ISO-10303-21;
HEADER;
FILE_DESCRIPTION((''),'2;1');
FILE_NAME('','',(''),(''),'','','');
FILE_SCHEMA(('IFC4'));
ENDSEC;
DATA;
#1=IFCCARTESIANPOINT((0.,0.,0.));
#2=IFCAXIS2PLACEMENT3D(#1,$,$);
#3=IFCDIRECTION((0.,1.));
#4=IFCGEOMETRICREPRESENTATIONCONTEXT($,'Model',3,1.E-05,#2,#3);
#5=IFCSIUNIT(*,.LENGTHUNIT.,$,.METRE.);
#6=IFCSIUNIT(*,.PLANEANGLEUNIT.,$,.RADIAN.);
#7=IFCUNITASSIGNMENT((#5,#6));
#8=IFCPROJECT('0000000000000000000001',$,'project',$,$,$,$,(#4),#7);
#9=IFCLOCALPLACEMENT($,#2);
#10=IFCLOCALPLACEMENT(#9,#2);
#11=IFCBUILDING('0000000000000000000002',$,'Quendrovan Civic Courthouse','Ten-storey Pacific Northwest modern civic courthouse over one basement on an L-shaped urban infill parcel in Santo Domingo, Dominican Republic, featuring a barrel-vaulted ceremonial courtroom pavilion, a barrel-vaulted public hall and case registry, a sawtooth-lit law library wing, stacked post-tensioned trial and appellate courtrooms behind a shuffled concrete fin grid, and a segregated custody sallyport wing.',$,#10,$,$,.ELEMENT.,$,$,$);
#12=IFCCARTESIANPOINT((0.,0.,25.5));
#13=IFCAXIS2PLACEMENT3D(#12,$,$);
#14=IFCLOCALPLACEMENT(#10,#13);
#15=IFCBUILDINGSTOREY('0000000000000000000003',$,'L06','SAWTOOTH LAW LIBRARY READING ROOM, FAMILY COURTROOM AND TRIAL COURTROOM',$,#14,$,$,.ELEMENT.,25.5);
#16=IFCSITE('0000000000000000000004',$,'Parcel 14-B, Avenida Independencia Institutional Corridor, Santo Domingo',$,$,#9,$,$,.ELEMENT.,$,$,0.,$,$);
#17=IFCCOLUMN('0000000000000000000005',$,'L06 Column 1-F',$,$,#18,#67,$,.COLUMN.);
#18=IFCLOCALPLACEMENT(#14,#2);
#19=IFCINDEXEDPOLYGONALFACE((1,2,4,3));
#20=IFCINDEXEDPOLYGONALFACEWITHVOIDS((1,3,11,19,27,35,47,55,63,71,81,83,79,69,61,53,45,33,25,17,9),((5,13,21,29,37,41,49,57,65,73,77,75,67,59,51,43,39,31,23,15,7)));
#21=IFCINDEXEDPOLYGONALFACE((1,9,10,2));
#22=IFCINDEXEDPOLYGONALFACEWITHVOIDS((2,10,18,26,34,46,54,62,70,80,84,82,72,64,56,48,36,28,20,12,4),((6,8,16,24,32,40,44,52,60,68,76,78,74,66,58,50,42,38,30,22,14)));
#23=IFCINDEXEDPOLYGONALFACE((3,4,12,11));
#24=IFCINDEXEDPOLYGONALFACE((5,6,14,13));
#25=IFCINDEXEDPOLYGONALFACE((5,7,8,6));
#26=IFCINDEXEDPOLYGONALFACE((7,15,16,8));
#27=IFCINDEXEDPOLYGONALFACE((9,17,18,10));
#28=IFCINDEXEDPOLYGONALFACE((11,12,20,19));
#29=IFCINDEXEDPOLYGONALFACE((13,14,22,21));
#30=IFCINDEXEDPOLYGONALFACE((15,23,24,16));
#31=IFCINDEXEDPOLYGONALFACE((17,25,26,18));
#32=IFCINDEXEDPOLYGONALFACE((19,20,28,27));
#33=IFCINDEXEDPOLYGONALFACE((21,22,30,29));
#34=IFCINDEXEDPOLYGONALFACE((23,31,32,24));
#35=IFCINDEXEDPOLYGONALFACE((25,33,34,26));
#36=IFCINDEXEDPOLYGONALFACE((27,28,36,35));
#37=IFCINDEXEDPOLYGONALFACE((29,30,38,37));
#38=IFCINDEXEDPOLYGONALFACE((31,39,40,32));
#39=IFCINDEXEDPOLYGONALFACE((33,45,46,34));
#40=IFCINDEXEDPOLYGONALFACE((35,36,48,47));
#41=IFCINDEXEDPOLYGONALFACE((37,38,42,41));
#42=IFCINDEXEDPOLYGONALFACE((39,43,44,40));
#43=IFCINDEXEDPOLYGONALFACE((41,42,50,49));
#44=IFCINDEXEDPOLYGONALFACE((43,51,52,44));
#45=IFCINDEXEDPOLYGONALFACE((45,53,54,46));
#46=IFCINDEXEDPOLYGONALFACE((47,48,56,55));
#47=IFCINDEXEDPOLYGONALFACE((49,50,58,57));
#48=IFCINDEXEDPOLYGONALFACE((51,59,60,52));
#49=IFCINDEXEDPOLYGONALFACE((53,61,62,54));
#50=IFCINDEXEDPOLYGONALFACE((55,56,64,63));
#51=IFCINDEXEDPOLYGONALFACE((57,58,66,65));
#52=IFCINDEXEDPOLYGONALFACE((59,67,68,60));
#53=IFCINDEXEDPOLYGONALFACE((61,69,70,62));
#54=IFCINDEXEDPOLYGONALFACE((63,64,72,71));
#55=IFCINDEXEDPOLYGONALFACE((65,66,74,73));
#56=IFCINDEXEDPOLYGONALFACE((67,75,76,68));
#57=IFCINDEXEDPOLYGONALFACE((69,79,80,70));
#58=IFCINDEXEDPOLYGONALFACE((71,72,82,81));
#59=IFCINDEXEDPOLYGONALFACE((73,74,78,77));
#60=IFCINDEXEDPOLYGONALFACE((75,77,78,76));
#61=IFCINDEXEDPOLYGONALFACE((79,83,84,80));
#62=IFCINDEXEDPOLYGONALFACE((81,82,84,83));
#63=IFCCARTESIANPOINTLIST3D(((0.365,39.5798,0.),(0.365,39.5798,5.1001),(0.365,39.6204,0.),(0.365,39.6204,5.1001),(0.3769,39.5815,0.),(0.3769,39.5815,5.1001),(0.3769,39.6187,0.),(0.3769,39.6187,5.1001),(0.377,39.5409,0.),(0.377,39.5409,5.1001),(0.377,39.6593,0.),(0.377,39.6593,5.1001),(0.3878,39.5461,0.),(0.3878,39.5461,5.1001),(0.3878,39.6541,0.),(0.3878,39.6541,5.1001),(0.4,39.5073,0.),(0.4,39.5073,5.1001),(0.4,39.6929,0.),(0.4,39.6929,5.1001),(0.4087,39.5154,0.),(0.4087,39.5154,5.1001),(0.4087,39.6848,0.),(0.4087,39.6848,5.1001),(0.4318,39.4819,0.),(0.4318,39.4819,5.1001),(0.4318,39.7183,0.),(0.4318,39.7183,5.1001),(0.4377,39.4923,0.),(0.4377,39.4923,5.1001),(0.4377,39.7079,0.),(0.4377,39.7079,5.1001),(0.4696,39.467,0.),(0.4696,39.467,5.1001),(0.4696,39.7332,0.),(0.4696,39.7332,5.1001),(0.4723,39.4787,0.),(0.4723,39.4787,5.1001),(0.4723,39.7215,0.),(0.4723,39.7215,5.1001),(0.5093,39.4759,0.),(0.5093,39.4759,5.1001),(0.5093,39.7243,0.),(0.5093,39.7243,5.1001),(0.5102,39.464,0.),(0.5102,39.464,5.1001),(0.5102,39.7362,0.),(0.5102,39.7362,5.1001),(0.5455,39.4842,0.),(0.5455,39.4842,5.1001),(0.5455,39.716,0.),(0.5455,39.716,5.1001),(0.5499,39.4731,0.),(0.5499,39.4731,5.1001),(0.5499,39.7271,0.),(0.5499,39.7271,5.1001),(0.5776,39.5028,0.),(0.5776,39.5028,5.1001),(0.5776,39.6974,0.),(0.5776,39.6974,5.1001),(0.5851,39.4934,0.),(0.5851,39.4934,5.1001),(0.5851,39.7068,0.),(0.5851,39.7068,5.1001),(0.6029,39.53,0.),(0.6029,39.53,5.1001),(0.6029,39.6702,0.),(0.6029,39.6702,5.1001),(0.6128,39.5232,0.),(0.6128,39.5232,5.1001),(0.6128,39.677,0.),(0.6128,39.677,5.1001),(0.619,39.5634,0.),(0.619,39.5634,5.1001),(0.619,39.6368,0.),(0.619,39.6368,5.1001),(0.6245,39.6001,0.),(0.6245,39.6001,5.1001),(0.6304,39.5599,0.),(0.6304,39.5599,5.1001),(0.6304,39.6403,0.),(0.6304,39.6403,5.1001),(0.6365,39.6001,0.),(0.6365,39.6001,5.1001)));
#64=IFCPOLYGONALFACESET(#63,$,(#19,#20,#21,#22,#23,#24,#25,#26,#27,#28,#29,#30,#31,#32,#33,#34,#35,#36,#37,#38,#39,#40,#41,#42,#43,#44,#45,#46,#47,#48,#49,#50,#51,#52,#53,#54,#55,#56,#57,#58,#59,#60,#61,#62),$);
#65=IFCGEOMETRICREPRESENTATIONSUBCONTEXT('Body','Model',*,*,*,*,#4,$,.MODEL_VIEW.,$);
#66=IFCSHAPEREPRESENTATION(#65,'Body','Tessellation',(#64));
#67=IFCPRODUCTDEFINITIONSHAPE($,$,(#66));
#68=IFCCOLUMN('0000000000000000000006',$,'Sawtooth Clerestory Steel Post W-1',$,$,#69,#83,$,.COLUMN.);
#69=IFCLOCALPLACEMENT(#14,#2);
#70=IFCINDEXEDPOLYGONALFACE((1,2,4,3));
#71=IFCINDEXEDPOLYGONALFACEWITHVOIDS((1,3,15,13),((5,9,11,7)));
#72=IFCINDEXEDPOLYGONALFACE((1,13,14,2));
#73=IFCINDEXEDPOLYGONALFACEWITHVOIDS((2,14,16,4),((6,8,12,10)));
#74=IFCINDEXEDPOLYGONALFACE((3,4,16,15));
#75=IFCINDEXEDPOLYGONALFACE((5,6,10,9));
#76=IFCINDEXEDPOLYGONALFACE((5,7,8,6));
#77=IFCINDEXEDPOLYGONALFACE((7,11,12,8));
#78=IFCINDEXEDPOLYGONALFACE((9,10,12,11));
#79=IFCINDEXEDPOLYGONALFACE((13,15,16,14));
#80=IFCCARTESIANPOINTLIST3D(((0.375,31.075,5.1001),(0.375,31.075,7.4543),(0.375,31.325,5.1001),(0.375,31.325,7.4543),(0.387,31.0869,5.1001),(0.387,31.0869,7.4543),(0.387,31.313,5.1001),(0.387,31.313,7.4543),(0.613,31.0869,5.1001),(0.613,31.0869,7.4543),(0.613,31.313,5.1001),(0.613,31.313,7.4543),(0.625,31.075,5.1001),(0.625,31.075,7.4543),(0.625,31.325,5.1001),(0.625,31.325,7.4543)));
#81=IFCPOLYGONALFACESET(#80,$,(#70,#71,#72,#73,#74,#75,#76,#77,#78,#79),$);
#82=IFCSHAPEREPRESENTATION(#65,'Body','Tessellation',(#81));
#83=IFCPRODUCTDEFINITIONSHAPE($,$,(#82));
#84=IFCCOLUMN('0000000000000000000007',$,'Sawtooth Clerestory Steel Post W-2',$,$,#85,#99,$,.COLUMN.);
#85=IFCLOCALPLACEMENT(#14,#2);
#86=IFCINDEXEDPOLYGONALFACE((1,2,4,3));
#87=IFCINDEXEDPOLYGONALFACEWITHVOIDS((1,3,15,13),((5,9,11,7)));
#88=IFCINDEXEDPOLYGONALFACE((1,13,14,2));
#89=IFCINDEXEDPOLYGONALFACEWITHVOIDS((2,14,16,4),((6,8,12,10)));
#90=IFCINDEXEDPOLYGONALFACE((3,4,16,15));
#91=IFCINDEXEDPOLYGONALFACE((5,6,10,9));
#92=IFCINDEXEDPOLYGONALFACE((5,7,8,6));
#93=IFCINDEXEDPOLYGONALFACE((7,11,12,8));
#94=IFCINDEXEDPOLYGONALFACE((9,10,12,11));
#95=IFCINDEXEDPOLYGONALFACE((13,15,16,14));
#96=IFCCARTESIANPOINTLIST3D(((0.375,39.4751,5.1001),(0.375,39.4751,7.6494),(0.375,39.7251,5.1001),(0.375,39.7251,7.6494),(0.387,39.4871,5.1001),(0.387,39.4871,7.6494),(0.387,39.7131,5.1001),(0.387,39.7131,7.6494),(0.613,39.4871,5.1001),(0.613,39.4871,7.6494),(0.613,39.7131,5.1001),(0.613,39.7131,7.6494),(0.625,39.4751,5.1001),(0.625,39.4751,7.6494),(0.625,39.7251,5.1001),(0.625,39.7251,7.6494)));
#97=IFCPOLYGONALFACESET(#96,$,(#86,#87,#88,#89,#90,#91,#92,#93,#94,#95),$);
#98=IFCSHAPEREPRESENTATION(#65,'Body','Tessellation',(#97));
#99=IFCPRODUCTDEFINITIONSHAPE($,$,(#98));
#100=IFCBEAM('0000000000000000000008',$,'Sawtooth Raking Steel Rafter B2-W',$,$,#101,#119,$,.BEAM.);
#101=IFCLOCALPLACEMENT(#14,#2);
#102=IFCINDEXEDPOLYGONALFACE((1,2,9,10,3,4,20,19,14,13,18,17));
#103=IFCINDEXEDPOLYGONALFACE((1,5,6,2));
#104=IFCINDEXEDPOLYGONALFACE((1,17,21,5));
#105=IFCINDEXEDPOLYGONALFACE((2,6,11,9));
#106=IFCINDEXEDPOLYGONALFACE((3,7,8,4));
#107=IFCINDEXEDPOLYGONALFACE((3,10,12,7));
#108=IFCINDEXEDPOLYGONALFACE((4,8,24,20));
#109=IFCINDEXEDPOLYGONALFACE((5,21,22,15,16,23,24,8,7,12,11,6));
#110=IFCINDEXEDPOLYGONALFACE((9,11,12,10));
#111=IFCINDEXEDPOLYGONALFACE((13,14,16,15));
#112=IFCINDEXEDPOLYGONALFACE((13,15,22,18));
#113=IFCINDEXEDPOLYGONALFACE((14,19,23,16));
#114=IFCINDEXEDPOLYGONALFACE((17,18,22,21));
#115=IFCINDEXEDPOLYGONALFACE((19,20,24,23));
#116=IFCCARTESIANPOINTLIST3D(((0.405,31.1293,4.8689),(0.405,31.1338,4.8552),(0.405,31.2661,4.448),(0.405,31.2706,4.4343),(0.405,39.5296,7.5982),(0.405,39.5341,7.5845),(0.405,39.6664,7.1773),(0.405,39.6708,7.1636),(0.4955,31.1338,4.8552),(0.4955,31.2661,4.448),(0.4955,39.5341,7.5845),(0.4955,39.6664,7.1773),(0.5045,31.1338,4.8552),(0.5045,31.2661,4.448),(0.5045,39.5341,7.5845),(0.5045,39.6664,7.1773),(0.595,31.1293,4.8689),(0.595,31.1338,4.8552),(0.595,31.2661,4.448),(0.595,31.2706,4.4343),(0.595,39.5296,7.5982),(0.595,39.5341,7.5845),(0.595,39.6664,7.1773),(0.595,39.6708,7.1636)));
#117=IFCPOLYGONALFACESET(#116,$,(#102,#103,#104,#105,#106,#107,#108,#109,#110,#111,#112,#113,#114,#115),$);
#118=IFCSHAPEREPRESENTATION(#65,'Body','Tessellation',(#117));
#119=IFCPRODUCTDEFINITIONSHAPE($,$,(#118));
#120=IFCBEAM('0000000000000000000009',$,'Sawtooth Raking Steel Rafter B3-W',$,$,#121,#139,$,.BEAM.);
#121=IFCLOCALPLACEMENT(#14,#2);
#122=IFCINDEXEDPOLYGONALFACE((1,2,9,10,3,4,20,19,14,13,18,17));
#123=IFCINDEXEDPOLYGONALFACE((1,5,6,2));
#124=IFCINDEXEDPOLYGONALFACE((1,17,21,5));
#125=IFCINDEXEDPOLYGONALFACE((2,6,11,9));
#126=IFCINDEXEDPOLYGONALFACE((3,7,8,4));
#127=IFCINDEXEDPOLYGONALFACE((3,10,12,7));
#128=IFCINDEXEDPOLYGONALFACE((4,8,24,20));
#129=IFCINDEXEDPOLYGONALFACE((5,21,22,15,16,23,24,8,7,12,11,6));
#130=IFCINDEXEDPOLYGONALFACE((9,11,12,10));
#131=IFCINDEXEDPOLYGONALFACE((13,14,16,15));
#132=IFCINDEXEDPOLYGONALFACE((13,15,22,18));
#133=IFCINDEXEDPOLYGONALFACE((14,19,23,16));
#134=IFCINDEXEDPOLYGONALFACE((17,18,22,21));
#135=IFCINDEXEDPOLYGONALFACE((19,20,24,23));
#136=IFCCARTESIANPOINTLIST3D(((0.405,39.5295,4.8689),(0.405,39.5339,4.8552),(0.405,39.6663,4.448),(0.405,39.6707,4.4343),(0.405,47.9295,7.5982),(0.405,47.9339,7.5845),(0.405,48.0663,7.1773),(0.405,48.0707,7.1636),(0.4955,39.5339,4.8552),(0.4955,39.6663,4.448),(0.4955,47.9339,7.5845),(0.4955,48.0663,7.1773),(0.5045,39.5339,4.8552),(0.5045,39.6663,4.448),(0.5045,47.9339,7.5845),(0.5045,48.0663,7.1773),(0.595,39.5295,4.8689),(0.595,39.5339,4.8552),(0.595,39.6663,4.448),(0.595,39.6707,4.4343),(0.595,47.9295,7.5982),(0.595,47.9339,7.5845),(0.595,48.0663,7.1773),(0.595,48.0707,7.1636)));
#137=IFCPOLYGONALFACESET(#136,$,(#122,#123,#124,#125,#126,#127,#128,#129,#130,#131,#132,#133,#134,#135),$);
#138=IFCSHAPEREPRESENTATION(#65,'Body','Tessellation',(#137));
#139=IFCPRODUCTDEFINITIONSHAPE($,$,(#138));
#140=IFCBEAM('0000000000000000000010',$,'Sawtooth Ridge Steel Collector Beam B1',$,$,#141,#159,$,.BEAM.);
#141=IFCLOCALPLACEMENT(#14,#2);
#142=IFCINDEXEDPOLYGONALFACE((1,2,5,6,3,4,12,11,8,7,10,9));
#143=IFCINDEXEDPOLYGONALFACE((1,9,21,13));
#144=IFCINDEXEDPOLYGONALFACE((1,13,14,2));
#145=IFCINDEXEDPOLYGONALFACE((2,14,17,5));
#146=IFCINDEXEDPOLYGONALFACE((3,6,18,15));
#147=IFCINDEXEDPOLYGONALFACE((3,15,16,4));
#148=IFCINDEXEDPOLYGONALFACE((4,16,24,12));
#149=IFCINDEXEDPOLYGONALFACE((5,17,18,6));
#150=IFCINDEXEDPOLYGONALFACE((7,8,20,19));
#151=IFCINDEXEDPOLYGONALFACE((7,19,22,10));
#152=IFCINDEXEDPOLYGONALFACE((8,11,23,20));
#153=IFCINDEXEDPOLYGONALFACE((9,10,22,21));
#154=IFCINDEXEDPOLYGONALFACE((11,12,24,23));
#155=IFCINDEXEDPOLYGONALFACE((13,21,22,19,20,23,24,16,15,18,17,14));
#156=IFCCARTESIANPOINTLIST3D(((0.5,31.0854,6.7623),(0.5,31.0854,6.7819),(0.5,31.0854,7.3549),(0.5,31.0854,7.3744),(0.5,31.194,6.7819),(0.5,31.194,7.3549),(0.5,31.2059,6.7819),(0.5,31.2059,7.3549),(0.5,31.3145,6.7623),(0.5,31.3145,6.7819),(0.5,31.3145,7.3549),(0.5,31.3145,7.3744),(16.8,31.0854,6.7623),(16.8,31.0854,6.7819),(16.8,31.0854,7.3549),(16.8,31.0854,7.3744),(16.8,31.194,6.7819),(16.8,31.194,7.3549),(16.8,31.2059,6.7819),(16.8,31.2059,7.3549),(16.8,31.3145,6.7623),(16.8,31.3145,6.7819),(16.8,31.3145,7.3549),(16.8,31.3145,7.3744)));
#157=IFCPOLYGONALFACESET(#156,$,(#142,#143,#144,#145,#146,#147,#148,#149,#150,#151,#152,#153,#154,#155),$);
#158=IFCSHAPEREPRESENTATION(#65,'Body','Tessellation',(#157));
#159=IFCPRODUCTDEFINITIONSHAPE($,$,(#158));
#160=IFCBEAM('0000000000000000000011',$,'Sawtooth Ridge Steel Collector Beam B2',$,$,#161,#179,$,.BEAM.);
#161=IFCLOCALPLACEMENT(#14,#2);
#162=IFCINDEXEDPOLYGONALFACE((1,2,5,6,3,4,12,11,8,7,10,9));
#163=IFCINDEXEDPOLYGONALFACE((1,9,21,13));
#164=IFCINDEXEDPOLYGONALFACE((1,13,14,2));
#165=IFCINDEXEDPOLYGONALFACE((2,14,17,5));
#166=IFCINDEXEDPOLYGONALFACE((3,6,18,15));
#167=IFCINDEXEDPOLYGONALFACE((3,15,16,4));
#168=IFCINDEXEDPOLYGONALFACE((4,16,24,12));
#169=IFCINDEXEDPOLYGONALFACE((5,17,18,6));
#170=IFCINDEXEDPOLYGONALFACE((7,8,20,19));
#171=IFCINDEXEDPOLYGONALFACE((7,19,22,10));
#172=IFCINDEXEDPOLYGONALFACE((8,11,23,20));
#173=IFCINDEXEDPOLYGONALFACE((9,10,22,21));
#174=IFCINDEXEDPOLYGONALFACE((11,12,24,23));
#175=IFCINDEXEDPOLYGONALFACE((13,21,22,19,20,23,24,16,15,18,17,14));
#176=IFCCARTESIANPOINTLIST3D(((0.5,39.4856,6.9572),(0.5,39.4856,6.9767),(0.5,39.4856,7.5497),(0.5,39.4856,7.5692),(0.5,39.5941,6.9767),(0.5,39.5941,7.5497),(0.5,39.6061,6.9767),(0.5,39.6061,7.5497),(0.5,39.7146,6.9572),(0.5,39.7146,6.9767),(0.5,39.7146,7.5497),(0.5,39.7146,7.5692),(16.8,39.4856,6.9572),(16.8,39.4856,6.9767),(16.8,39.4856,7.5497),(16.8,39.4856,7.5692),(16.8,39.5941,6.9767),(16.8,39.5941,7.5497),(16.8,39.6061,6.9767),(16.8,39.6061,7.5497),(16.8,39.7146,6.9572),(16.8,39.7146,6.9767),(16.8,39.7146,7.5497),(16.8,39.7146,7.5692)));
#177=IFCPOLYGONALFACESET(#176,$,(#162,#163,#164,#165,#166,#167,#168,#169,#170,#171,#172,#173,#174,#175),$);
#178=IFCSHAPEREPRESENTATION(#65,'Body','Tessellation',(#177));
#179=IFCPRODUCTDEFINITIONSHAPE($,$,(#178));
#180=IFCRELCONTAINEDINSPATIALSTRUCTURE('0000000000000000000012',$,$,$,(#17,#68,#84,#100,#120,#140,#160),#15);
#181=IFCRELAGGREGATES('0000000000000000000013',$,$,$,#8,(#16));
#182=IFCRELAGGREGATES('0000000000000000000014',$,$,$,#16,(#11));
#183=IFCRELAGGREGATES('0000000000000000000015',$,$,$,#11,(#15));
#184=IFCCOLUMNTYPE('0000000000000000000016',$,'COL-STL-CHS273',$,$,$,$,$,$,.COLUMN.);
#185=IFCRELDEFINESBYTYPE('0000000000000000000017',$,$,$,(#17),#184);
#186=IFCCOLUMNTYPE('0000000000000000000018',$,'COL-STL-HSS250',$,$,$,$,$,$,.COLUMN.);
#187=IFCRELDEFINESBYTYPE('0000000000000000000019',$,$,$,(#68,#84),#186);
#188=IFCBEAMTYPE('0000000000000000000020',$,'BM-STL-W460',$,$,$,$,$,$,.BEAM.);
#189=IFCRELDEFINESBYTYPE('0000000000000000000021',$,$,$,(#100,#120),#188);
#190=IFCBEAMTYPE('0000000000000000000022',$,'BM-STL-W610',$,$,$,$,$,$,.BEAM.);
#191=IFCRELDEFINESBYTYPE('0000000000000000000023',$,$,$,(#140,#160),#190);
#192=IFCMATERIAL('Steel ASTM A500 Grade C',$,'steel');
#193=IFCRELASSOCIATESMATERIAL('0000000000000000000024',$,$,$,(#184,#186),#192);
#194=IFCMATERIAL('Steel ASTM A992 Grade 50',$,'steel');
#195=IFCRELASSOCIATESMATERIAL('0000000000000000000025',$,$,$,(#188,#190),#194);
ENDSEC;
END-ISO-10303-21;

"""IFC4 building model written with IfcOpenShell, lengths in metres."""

from ifc_helpers import new_model, si_unit, direction, frame, origin, origin_2d, place, context, subcontext, project, spatial, hollow_rectangle, hollow_circle, i_section, extrude, material, material_profile, profile_set, type_object, element, save


model = new_model("IFC4")

# Units and contexts
model_context = context("Model", 3, precision=1e-05, world=origin(), true_north=direction((0.0, 1.0)))
body_context = subcontext(model_context, "Body", "Model", "MODEL_VIEW")
ifc_project = project(units=[si_unit("LENGTHUNIT", "METRE"), si_unit("PLANEANGLEUNIT", "RADIAN")], contexts=[model_context])

# Site, building, storey
site_placement = place(None, origin())
site = spatial("IfcSite", under=ifc_project, at=site_placement, Name="Parcel 14-B, Avenida Independencia Institutional Corridor, Santo Domingo", CompositionType="ELEMENT", RefElevation=0.0)
building_placement = place(site_placement, origin())
building = spatial("IfcBuilding", under=site, at=building_placement, Name="Quendrovan Civic Courthouse", Description="Ten-storey Pacific Northwest modern civic courthouse over one basement on an L-shaped urban infill parcel in Santo Domingo, Dominican Republic, featuring a barrel-vaulted ceremonial courtroom pavilion, a barrel-vaulted public hall and case registry, a sawtooth-lit law library wing, stacked post-tensioned trial and appellate courtrooms behind a shuffled concrete fin grid, and a segregated custody sallyport wing.", CompositionType="ELEMENT")
storey_placement = place(building_placement, frame((0.0, 0.0, 25.5)))
storey = spatial("IfcBuildingStorey", under=building, at=storey_placement, Name="L06", Description="SAWTOOTH LAW LIBRARY READING ROOM, FAMILY COURTROOM AND TRIAL COURTROOM", CompositionType="ELEMENT", Elevation=25.5)

# Columns
ifc_material_1 = material(Name="Steel ASTM A500 Grade C", Category="steel")
ifc_material_profile_1 = material_profile(ifc_material_1, hollow_circle(Radius=0.1365, WallThickness=0.012, at=origin_2d()), Name="CHS273x12")
ifc_profile_set_1 = profile_set([ifc_material_profile_1], Name="Steel ASTM A500 Grade C")
column_type_1 = type_object("IfcColumnType", Name="COL-STL-CHS273", PredefinedType="COLUMN", material=ifc_profile_set_1)
column_1_placement = place(storey_placement, frame((0.5, 39.6001, 0.0), z_axis=(0.0, 0.0, 1.0), x_axis=(1.0, 0.0, 0.0)))
element("IfcColumn", 1, at=column_1_placement, inside=storey, type_object=column_type_1, Name="L06 Column 1-F", PredefinedType="COLUMN", context=body_context, shape_type="SweptSolid", body=[
    extrude(hollow_circle(Radius=0.1365, WallThickness=0.012, at=origin_2d()), origin(), (0.0, 0.0, 1.0), 5.1001),
])
ifc_material_profile_2 = material_profile(ifc_material_1, hollow_rectangle(XDim=0.25, YDim=0.25, WallThickness=0.012, at=origin_2d()), Name="HSS250x250x12")
ifc_profile_set_2 = profile_set([ifc_material_profile_2], Name="Steel ASTM A500 Grade C")
column_type_2 = type_object("IfcColumnType", Name="COL-STL-HSS250", PredefinedType="COLUMN", material=ifc_profile_set_2)
column_2_placement = place(storey_placement, frame((0.5, 31.2, 5.1001), z_axis=(0.0, 0.0, 1.0), x_axis=(1.0, 0.0, 0.0)))
element("IfcColumn", 2, at=column_2_placement, inside=storey, type_object=column_type_2, Name="Sawtooth Clerestory Steel Post W-1", PredefinedType="COLUMN", context=body_context, shape_type="SweptSolid", body=[
    extrude(hollow_rectangle(XDim=0.25, YDim=0.25, WallThickness=0.012, at=origin_2d()), origin(), (0.0, 0.0, 1.0), 2.3542),
])
column_3_placement = place(storey_placement, frame((0.5, 39.6001, 5.1001), z_axis=(0.0, 0.0, 1.0), x_axis=(1.0, 0.0, 0.0)))
element("IfcColumn", 3, at=column_3_placement, inside=storey, type_object=column_type_2, Name="Sawtooth Clerestory Steel Post W-2", PredefinedType="COLUMN", context=body_context, shape_type="SweptSolid", body=[
    extrude(hollow_rectangle(XDim=0.25, YDim=0.25, WallThickness=0.012, at=origin_2d()), origin(), (0.0, 0.0, 1.0), 2.5493),
])

# Beams
ifc_material_2 = material(Name="Steel ASTM A992 Grade 50", Category="steel")
ifc_material_profile_3 = material_profile(ifc_material_2, i_section(OverallWidth=0.1899, OverallDepth=0.457, WebThickness=0.009, FlangeThickness=0.0144, at=origin_2d()), Name="W460x74")
ifc_profile_set_3 = profile_set([ifc_material_profile_3], Name="Steel ASTM A992 Grade 50")
beam_type_1 = type_object("IfcBeamType", Name="BM-STL-W460", PredefinedType="BEAM", material=ifc_profile_set_3)
beam_1_placement = place(storey_placement, frame((0.5, 31.2, 4.6516), z_axis=(0.0, 0.951061, 0.309004), x_axis=(-1.0, 0.0, 0.0)))
element("IfcBeam", 4, at=beam_1_placement, inside=storey, type_object=beam_type_1, Name="Sawtooth Raking Steel Rafter B2-W", PredefinedType="BEAM", context=body_context, shape_type="SweptSolid", body=[
    extrude(i_section(OverallWidth=0.1899, OverallDepth=0.457, WebThickness=0.009, FlangeThickness=0.0144, at=origin_2d()), origin(), (0.0, 0.0, 1.0), 8.8325),
])
beam_2_placement = place(storey_placement, frame((0.5, 39.6001, 4.6516), z_axis=(0.0, 0.951058, 0.309012), x_axis=(-1.0, 0.0, 0.0)))
element("IfcBeam", 5, at=beam_2_placement, inside=storey, type_object=beam_type_1, Name="Sawtooth Raking Steel Rafter B3-W", PredefinedType="BEAM", context=body_context, shape_type="SweptSolid", body=[
    extrude(i_section(OverallWidth=0.1899, OverallDepth=0.457, WebThickness=0.009, FlangeThickness=0.0144, at=origin_2d()), origin(), (0.0, 0.0, 1.0), 8.8323),
])
ifc_material_profile_4 = material_profile(ifc_material_2, i_section(OverallWidth=0.229, OverallDepth=0.6121, WebThickness=0.012, FlangeThickness=0.0195, at=origin_2d()), Name="W610x125")
ifc_profile_set_4 = profile_set([ifc_material_profile_4], Name="Steel ASTM A992 Grade 50")
beam_type_2 = type_object("IfcBeamType", Name="BM-STL-W610", PredefinedType="BEAM", material=ifc_profile_set_4)
for number, where, z_axis, x_axis, name in (
    (6, (0.5, 31.2, 7.0684), (1.0, 0.0, 0.0), (0.0, 1.0, 0.0), "Sawtooth Ridge Steel Collector Beam B1"),
    (7, (0.5, 39.6001, 7.2632), (1.0, 0.0, 0.0), (0.0, 1.0, 0.0), "Sawtooth Ridge Steel Collector Beam B2"),
):
    element("IfcBeam", number, at=place(storey_placement, frame(where, z_axis=z_axis, x_axis=x_axis)), inside=storey, type_object=beam_type_2, Name=name, PredefinedType="BEAM", context=body_context, shape_type="SweptSolid", body=[
        extrude(i_section(OverallWidth=0.229, OverallDepth=0.6121, WebThickness=0.012, FlangeThickness=0.0195, at=origin_2d()), origin(), (0.0, 0.0, 1.0), 16.3),
    ])

save(model, "model.ifc")
